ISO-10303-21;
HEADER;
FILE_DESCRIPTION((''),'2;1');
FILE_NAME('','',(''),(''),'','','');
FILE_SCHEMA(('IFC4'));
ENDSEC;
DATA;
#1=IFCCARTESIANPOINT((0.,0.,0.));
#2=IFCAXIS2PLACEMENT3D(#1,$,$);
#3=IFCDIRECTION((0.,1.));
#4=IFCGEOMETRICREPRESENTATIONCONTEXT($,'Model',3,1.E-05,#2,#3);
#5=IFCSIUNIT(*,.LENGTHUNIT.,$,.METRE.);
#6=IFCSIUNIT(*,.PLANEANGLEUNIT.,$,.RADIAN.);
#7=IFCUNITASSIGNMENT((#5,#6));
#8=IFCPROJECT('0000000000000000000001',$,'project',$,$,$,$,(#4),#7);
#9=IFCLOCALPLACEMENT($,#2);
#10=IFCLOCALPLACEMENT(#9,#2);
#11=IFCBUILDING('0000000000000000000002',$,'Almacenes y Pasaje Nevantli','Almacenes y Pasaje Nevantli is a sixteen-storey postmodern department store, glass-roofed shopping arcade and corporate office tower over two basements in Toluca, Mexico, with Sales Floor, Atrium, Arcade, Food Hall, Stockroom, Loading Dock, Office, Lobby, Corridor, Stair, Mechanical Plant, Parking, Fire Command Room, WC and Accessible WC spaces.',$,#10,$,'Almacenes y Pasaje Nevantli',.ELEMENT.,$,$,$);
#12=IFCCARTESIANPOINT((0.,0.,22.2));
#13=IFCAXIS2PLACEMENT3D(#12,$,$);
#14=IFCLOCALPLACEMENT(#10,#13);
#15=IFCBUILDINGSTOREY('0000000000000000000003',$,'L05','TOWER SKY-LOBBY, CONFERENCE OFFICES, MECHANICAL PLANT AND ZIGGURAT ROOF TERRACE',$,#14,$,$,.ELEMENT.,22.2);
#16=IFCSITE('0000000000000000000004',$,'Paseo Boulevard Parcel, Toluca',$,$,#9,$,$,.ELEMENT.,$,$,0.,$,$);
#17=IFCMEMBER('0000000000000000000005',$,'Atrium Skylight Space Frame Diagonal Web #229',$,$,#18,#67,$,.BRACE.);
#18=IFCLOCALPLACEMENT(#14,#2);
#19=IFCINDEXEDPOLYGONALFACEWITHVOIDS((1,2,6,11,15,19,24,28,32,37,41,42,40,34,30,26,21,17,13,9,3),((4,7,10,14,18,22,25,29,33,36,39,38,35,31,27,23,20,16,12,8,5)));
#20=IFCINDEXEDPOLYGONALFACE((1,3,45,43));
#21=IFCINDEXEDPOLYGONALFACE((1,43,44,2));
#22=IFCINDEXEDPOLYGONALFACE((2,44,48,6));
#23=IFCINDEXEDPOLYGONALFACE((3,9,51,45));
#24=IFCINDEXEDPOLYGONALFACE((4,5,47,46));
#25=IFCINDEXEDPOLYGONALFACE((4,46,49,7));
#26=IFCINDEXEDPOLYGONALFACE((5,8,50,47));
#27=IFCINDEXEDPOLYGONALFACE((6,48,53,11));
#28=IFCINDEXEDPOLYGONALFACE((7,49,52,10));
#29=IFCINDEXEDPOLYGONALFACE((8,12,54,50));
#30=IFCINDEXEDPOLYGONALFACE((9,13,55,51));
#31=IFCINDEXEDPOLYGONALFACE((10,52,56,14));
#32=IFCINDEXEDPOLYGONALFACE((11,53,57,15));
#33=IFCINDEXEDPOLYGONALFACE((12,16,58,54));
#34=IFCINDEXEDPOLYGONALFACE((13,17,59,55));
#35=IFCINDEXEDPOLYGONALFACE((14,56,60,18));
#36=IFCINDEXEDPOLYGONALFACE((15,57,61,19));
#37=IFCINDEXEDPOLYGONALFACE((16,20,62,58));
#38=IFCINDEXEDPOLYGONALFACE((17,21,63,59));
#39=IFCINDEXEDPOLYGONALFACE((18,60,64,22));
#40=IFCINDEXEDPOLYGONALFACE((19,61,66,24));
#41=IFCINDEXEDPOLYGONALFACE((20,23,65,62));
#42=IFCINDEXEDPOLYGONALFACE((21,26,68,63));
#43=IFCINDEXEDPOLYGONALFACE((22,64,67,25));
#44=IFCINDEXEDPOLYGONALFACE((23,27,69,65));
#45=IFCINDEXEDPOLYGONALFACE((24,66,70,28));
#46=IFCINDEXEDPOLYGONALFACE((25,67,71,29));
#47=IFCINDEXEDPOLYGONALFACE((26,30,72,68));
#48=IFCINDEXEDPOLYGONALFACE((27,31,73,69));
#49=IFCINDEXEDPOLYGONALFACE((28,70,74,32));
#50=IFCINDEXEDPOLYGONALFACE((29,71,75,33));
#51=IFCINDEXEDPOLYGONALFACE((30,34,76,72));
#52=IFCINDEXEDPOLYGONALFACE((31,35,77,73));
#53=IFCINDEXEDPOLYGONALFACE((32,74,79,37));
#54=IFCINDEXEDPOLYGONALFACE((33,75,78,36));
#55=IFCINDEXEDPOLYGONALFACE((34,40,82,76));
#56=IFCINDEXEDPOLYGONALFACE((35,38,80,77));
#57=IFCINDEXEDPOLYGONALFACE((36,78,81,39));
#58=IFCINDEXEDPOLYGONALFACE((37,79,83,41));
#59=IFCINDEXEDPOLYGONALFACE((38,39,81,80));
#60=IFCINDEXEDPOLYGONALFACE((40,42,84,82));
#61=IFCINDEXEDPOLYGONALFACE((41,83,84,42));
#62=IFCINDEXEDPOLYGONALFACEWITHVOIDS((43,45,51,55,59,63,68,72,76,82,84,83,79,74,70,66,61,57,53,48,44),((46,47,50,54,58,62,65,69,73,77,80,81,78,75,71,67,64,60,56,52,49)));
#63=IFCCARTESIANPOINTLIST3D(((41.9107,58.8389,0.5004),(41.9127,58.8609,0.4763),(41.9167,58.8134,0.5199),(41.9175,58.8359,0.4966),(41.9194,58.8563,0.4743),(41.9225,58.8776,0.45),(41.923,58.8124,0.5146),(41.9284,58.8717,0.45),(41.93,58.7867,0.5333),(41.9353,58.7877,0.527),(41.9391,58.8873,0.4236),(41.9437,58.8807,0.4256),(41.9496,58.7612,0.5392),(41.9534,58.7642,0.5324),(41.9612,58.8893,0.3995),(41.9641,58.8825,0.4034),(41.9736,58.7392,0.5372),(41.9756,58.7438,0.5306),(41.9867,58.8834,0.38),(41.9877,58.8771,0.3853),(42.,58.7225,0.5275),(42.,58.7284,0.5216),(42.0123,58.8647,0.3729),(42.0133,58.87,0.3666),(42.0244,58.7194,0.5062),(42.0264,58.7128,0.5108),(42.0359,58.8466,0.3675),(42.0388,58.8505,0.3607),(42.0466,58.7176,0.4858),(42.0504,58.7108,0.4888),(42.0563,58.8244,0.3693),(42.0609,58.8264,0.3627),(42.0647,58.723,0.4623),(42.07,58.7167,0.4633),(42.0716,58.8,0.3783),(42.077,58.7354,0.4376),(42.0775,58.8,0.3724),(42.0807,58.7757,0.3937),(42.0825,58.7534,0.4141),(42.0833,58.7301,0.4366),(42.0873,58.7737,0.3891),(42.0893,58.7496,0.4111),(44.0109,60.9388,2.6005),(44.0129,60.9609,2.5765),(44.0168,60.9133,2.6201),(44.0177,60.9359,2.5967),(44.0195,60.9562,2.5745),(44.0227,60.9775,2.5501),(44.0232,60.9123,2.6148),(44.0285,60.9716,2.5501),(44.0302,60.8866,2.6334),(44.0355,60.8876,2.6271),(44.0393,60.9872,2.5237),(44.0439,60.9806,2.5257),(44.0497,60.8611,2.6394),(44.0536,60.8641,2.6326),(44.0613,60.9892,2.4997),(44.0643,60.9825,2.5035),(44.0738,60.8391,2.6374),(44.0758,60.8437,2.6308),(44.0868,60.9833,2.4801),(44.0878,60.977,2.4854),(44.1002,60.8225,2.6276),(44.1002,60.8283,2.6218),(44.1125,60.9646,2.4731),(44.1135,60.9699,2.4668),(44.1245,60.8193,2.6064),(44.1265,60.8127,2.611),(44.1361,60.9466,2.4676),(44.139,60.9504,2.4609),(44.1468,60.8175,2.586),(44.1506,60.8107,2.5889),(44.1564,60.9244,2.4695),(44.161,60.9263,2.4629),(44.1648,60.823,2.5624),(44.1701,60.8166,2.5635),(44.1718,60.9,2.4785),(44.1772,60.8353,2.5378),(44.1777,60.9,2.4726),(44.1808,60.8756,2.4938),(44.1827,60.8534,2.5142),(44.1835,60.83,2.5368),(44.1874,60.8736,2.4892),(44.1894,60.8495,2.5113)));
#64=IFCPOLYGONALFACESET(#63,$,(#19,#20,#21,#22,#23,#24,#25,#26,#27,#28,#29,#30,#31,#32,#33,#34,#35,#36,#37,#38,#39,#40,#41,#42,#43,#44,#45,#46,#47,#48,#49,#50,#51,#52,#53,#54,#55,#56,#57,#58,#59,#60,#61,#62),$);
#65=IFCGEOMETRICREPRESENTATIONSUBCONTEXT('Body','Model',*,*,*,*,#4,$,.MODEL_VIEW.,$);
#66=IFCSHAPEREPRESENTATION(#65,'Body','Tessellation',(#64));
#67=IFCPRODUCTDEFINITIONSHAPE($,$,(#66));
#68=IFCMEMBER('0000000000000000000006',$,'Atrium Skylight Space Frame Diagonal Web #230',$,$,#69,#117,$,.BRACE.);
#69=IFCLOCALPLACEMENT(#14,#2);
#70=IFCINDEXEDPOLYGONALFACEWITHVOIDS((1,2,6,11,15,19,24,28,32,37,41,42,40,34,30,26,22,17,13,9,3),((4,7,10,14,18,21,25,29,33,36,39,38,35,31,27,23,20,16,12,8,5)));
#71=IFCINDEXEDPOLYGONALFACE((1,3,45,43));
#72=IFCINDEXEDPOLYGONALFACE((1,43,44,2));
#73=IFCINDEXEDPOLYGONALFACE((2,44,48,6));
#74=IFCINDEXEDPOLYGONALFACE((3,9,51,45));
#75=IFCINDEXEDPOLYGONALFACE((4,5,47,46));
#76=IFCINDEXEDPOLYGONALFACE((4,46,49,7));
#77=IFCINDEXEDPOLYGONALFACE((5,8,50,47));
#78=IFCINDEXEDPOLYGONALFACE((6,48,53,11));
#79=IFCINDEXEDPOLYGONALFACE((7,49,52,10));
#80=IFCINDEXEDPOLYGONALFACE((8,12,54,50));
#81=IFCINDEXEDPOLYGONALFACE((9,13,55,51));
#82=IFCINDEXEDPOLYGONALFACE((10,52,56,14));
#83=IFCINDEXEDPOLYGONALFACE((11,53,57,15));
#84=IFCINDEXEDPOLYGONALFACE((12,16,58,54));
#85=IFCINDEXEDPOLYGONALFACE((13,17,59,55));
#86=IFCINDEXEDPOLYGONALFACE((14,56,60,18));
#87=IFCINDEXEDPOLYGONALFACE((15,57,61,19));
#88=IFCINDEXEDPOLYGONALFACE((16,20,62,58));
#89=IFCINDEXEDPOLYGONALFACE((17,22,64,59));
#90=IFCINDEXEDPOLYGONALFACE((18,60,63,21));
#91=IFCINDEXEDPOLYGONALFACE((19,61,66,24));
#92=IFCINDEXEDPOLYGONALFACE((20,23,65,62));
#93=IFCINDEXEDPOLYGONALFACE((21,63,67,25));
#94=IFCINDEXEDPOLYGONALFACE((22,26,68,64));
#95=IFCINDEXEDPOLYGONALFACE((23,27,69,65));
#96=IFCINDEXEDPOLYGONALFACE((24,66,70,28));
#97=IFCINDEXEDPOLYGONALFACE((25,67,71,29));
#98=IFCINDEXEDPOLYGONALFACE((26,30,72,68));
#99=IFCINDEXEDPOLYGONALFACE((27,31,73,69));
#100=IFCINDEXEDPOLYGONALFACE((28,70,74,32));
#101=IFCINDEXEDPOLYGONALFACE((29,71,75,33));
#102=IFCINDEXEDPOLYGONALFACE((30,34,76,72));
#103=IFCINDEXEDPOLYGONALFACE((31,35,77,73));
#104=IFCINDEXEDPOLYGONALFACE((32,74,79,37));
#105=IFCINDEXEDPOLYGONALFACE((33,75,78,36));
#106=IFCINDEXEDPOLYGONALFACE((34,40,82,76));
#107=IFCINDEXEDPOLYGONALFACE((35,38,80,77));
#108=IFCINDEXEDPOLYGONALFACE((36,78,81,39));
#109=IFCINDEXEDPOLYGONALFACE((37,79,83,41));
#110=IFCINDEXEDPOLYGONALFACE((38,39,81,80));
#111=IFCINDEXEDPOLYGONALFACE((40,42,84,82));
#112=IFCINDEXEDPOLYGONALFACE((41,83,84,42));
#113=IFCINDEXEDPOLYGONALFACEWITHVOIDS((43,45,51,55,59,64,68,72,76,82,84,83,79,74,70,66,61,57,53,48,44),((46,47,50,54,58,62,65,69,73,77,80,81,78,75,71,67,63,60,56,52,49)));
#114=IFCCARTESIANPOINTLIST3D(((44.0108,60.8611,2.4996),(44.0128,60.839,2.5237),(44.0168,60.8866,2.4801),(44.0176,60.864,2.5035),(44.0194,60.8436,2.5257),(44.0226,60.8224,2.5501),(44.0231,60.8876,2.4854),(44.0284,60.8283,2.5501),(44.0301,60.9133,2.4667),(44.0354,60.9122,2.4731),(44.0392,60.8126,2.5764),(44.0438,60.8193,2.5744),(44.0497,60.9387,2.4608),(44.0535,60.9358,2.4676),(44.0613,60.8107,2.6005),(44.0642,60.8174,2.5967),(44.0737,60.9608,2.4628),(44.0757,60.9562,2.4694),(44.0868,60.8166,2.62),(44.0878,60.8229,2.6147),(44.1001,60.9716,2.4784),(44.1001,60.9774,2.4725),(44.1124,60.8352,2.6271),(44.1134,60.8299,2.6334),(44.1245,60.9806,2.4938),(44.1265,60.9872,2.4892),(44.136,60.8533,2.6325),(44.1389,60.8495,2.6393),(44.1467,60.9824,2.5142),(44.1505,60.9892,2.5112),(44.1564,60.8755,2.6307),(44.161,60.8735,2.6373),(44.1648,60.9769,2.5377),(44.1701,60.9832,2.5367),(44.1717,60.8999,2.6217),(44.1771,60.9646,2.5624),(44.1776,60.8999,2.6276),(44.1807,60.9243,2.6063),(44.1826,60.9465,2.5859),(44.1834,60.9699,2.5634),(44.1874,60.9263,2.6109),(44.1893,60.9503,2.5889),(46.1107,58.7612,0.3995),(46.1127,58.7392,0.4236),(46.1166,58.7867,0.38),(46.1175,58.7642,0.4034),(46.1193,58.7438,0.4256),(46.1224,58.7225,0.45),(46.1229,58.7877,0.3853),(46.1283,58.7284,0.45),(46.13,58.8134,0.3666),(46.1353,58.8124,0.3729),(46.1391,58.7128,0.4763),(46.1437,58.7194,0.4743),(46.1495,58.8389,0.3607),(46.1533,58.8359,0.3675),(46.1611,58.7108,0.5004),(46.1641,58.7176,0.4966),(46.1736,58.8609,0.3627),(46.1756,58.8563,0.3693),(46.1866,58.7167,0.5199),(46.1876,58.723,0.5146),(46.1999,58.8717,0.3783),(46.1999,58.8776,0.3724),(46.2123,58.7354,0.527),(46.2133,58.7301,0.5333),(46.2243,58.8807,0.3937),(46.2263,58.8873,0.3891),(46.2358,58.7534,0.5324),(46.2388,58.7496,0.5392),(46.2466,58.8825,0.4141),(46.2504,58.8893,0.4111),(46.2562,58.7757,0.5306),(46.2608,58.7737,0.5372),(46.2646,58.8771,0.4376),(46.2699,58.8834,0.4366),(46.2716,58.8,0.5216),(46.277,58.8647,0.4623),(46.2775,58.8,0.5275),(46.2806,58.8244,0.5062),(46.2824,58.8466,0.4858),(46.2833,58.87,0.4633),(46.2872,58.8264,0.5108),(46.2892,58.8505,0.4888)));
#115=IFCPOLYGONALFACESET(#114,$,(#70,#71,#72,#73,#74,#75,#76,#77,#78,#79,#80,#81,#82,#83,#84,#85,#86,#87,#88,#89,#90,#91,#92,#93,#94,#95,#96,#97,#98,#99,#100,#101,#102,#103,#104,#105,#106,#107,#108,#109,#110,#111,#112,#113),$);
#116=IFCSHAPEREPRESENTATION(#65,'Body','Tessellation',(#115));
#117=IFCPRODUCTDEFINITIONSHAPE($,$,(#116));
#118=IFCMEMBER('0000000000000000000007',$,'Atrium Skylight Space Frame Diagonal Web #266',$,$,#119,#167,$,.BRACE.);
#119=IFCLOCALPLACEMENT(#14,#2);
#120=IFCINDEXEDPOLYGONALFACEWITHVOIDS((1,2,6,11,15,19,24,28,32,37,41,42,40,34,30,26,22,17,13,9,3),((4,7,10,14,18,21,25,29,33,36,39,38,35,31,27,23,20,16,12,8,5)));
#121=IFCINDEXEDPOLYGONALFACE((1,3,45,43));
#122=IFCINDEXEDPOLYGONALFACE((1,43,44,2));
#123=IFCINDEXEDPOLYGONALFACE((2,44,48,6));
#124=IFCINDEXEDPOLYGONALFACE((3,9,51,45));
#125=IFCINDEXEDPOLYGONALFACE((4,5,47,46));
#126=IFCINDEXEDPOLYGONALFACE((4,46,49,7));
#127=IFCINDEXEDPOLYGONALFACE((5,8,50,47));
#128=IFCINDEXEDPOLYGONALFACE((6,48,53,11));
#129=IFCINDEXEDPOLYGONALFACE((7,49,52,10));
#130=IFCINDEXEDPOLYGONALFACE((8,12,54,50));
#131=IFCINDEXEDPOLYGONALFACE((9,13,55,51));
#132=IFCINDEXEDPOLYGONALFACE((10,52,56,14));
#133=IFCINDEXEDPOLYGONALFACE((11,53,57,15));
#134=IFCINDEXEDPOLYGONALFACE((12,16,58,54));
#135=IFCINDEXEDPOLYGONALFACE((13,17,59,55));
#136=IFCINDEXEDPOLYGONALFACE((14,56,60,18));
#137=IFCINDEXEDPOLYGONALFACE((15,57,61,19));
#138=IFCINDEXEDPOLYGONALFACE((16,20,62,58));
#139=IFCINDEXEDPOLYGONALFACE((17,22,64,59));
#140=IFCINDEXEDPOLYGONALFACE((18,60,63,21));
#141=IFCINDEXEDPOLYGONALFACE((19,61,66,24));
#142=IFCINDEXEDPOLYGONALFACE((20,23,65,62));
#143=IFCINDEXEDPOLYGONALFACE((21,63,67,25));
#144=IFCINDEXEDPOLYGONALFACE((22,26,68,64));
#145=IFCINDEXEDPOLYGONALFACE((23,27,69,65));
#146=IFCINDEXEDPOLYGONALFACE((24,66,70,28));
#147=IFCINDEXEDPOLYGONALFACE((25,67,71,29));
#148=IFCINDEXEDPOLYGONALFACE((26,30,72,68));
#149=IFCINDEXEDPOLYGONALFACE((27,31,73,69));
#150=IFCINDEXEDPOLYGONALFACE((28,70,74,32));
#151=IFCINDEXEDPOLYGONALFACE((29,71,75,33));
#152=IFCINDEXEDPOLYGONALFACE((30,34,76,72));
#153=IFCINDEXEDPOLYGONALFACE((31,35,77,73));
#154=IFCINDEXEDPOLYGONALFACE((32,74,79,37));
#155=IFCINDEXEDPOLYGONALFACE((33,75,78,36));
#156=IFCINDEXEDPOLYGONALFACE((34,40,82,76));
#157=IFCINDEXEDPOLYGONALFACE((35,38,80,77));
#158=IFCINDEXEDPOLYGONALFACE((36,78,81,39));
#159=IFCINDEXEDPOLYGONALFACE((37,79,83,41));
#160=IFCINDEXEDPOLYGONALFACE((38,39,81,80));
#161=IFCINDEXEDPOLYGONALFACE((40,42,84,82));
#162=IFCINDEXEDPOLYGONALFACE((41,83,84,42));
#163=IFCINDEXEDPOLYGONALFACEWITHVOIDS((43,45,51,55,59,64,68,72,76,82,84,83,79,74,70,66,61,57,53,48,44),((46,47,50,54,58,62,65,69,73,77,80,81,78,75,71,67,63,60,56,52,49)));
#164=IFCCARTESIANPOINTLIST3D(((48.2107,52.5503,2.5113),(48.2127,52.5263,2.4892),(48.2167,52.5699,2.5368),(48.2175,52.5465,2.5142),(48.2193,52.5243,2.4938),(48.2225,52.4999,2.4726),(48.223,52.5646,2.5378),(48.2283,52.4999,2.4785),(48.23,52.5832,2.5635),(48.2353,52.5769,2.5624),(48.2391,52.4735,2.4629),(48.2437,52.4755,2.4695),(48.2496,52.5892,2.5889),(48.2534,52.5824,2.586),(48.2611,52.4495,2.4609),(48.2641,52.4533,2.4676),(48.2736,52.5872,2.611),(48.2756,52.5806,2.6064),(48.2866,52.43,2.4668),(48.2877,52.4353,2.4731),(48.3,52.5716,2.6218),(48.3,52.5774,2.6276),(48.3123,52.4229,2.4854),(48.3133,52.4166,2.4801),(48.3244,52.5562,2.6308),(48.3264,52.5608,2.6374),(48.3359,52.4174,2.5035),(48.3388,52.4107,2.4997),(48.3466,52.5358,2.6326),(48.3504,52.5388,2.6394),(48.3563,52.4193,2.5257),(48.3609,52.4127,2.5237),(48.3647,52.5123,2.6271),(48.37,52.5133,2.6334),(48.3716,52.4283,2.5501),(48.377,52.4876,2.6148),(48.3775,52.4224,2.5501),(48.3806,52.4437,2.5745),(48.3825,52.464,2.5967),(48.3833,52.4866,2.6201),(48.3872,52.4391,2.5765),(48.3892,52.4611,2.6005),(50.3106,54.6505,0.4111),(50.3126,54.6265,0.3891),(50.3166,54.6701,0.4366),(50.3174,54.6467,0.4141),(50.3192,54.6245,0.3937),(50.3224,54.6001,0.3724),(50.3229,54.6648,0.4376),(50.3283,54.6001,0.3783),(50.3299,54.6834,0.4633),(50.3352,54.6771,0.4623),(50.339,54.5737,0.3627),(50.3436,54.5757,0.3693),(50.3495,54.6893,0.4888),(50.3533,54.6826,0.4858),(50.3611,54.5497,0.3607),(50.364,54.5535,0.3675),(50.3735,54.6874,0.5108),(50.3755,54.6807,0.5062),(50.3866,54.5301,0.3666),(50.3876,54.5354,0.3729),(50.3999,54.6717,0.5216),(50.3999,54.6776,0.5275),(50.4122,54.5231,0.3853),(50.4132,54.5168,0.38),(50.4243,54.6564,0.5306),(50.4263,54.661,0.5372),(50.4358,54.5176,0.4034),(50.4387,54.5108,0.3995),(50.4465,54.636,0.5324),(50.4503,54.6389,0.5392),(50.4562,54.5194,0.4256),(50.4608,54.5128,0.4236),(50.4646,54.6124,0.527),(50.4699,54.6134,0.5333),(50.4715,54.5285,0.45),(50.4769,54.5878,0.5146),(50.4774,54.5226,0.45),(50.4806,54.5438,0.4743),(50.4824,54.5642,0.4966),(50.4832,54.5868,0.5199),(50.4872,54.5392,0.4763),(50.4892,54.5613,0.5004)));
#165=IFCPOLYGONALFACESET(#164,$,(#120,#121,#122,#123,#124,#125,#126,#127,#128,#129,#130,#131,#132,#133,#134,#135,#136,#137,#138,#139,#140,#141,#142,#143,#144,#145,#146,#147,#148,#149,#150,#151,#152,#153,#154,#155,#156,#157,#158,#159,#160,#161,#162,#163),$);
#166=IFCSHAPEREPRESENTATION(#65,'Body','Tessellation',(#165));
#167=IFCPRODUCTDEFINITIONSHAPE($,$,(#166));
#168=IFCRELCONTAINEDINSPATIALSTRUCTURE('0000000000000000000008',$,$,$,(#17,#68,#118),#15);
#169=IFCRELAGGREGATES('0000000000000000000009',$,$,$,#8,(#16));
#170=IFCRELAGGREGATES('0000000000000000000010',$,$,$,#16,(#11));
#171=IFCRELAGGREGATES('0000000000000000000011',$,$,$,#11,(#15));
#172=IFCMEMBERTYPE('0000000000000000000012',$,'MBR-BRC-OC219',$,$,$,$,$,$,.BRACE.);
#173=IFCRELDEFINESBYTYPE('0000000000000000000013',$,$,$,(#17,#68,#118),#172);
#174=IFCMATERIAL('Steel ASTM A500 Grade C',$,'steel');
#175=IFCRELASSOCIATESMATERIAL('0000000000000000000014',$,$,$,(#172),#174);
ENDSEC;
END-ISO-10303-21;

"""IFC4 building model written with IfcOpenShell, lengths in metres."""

from ifc_helpers import new_model, si_unit, direction, frame, origin, origin_2d, place, context, subcontext, project, spatial, hollow_circle, extrude, material, material_profile, profile_set, type_object, element, save


model = new_model("IFC4")

# Units and contexts
model_context = context("Model", 3, precision=1e-05, world=origin(), true_north=direction((0.0, 1.0)))
body_context = subcontext(model_context, "Body", "Model", "MODEL_VIEW")
ifc_project = project(units=[si_unit("LENGTHUNIT", "METRE"), si_unit("PLANEANGLEUNIT", "RADIAN")], contexts=[model_context])

# Site, building, storey
site_placement = place(None, origin())
site = spatial("IfcSite", under=ifc_project, at=site_placement, Name="Paseo Boulevard Parcel, Toluca", CompositionType="ELEMENT", RefElevation=0.0)
building_placement = place(site_placement, origin())
building = spatial("IfcBuilding", under=site, at=building_placement, Name="Almacenes y Pasaje Nevantli", Description="Almacenes y Pasaje Nevantli is a sixteen-storey postmodern department store, glass-roofed shopping arcade and corporate office tower over two basements in Toluca, Mexico, with Sales Floor, Atrium, Arcade, Food Hall, Stockroom, Loading Dock, Office, Lobby, Corridor, Stair, Mechanical Plant, Parking, Fire Command Room, WC and Accessible WC spaces.", LongName="Almacenes y Pasaje Nevantli", CompositionType="ELEMENT")
storey_placement = place(building_placement, frame((0.0, 0.0, 22.2)))
storey = spatial("IfcBuildingStorey", under=building, at=storey_placement, Name="L05", Description="TOWER SKY-LOBBY, CONFERENCE OFFICES, MECHANICAL PLANT AND ZIGGURAT ROOF TERRACE", CompositionType="ELEMENT", Elevation=22.2)

# Members
ifc_material_1 = material(Name="Steel ASTM A500 Grade C", Category="steel")
ifc_material_profile_1 = material_profile(ifc_material_1, hollow_circle(Radius=0.1096, WallThickness=0.0083, at=origin_2d()), Name="OC 219x8.2")
ifc_profile_set_1 = profile_set([ifc_material_profile_1], Name="Steel ASTM A500 Grade C")
member_type_1 = type_object("IfcMemberType", Name="MBR-BRC-OC219", PredefinedType="BRACE", material=ifc_profile_set_1)
for number, where, z_axis, x_axis, name in (
    (1, (42.0, 58.8, 0.45), (0.577373, 0.577306, 0.577373), (-0.707066, 0.707148, 0.0), "Atrium Skylight Space Frame Diagonal Web #229"),
):
    element("IfcMember", number, at=place(storey_placement, frame(where, z_axis=z_axis, x_axis=x_axis)), inside=storey, type_object=member_type_1, Name=name, PredefinedType="BRACE", context=body_context, shape_type="SweptSolid", body=[
        extrude(hollow_circle(Radius=0.1096, WallThickness=0.0083, at=origin_2d()), origin(), (0.0, 0.0, 1.0), 3.6375),
    ])
member_1_placement = place(storey_placement, frame((46.2, 58.8, 0.45), z_axis=(-0.577328, 0.577328, 0.577395), x_axis=(-0.707107, -0.707107, 0.0)))
element("IfcMember", 2, at=member_1_placement, inside=storey, type_object=member_type_1, Name="Atrium Skylight Space Frame Diagonal Web #230", PredefinedType="BRACE", context=body_context, shape_type="SweptSolid", body=[
    extrude(hollow_circle(Radius=0.1096, WallThickness=0.0083, at=origin_2d()), origin(), (0.0, 0.0, 1.0), 3.6372),
])
for number, where, z_axis, x_axis, name in (
    (3, (50.3999, 54.6001, 0.45), (-0.577306, -0.577373, 0.577373), (0.707148, -0.707066, 0.0), "Atrium Skylight Space Frame Diagonal Web #266"),
):
    element("IfcMember", number, at=place(storey_placement, frame(where, z_axis=z_axis, x_axis=x_axis)), inside=storey, type_object=member_type_1, Name=name, PredefinedType="BRACE", context=body_context, shape_type="SweptSolid", body=[
        extrude(hollow_circle(Radius=0.1096, WallThickness=0.0083, at=origin_2d()), origin(), (0.0, 0.0, 1.0), 3.6375),
    ])

save(model, "model.ifc")
